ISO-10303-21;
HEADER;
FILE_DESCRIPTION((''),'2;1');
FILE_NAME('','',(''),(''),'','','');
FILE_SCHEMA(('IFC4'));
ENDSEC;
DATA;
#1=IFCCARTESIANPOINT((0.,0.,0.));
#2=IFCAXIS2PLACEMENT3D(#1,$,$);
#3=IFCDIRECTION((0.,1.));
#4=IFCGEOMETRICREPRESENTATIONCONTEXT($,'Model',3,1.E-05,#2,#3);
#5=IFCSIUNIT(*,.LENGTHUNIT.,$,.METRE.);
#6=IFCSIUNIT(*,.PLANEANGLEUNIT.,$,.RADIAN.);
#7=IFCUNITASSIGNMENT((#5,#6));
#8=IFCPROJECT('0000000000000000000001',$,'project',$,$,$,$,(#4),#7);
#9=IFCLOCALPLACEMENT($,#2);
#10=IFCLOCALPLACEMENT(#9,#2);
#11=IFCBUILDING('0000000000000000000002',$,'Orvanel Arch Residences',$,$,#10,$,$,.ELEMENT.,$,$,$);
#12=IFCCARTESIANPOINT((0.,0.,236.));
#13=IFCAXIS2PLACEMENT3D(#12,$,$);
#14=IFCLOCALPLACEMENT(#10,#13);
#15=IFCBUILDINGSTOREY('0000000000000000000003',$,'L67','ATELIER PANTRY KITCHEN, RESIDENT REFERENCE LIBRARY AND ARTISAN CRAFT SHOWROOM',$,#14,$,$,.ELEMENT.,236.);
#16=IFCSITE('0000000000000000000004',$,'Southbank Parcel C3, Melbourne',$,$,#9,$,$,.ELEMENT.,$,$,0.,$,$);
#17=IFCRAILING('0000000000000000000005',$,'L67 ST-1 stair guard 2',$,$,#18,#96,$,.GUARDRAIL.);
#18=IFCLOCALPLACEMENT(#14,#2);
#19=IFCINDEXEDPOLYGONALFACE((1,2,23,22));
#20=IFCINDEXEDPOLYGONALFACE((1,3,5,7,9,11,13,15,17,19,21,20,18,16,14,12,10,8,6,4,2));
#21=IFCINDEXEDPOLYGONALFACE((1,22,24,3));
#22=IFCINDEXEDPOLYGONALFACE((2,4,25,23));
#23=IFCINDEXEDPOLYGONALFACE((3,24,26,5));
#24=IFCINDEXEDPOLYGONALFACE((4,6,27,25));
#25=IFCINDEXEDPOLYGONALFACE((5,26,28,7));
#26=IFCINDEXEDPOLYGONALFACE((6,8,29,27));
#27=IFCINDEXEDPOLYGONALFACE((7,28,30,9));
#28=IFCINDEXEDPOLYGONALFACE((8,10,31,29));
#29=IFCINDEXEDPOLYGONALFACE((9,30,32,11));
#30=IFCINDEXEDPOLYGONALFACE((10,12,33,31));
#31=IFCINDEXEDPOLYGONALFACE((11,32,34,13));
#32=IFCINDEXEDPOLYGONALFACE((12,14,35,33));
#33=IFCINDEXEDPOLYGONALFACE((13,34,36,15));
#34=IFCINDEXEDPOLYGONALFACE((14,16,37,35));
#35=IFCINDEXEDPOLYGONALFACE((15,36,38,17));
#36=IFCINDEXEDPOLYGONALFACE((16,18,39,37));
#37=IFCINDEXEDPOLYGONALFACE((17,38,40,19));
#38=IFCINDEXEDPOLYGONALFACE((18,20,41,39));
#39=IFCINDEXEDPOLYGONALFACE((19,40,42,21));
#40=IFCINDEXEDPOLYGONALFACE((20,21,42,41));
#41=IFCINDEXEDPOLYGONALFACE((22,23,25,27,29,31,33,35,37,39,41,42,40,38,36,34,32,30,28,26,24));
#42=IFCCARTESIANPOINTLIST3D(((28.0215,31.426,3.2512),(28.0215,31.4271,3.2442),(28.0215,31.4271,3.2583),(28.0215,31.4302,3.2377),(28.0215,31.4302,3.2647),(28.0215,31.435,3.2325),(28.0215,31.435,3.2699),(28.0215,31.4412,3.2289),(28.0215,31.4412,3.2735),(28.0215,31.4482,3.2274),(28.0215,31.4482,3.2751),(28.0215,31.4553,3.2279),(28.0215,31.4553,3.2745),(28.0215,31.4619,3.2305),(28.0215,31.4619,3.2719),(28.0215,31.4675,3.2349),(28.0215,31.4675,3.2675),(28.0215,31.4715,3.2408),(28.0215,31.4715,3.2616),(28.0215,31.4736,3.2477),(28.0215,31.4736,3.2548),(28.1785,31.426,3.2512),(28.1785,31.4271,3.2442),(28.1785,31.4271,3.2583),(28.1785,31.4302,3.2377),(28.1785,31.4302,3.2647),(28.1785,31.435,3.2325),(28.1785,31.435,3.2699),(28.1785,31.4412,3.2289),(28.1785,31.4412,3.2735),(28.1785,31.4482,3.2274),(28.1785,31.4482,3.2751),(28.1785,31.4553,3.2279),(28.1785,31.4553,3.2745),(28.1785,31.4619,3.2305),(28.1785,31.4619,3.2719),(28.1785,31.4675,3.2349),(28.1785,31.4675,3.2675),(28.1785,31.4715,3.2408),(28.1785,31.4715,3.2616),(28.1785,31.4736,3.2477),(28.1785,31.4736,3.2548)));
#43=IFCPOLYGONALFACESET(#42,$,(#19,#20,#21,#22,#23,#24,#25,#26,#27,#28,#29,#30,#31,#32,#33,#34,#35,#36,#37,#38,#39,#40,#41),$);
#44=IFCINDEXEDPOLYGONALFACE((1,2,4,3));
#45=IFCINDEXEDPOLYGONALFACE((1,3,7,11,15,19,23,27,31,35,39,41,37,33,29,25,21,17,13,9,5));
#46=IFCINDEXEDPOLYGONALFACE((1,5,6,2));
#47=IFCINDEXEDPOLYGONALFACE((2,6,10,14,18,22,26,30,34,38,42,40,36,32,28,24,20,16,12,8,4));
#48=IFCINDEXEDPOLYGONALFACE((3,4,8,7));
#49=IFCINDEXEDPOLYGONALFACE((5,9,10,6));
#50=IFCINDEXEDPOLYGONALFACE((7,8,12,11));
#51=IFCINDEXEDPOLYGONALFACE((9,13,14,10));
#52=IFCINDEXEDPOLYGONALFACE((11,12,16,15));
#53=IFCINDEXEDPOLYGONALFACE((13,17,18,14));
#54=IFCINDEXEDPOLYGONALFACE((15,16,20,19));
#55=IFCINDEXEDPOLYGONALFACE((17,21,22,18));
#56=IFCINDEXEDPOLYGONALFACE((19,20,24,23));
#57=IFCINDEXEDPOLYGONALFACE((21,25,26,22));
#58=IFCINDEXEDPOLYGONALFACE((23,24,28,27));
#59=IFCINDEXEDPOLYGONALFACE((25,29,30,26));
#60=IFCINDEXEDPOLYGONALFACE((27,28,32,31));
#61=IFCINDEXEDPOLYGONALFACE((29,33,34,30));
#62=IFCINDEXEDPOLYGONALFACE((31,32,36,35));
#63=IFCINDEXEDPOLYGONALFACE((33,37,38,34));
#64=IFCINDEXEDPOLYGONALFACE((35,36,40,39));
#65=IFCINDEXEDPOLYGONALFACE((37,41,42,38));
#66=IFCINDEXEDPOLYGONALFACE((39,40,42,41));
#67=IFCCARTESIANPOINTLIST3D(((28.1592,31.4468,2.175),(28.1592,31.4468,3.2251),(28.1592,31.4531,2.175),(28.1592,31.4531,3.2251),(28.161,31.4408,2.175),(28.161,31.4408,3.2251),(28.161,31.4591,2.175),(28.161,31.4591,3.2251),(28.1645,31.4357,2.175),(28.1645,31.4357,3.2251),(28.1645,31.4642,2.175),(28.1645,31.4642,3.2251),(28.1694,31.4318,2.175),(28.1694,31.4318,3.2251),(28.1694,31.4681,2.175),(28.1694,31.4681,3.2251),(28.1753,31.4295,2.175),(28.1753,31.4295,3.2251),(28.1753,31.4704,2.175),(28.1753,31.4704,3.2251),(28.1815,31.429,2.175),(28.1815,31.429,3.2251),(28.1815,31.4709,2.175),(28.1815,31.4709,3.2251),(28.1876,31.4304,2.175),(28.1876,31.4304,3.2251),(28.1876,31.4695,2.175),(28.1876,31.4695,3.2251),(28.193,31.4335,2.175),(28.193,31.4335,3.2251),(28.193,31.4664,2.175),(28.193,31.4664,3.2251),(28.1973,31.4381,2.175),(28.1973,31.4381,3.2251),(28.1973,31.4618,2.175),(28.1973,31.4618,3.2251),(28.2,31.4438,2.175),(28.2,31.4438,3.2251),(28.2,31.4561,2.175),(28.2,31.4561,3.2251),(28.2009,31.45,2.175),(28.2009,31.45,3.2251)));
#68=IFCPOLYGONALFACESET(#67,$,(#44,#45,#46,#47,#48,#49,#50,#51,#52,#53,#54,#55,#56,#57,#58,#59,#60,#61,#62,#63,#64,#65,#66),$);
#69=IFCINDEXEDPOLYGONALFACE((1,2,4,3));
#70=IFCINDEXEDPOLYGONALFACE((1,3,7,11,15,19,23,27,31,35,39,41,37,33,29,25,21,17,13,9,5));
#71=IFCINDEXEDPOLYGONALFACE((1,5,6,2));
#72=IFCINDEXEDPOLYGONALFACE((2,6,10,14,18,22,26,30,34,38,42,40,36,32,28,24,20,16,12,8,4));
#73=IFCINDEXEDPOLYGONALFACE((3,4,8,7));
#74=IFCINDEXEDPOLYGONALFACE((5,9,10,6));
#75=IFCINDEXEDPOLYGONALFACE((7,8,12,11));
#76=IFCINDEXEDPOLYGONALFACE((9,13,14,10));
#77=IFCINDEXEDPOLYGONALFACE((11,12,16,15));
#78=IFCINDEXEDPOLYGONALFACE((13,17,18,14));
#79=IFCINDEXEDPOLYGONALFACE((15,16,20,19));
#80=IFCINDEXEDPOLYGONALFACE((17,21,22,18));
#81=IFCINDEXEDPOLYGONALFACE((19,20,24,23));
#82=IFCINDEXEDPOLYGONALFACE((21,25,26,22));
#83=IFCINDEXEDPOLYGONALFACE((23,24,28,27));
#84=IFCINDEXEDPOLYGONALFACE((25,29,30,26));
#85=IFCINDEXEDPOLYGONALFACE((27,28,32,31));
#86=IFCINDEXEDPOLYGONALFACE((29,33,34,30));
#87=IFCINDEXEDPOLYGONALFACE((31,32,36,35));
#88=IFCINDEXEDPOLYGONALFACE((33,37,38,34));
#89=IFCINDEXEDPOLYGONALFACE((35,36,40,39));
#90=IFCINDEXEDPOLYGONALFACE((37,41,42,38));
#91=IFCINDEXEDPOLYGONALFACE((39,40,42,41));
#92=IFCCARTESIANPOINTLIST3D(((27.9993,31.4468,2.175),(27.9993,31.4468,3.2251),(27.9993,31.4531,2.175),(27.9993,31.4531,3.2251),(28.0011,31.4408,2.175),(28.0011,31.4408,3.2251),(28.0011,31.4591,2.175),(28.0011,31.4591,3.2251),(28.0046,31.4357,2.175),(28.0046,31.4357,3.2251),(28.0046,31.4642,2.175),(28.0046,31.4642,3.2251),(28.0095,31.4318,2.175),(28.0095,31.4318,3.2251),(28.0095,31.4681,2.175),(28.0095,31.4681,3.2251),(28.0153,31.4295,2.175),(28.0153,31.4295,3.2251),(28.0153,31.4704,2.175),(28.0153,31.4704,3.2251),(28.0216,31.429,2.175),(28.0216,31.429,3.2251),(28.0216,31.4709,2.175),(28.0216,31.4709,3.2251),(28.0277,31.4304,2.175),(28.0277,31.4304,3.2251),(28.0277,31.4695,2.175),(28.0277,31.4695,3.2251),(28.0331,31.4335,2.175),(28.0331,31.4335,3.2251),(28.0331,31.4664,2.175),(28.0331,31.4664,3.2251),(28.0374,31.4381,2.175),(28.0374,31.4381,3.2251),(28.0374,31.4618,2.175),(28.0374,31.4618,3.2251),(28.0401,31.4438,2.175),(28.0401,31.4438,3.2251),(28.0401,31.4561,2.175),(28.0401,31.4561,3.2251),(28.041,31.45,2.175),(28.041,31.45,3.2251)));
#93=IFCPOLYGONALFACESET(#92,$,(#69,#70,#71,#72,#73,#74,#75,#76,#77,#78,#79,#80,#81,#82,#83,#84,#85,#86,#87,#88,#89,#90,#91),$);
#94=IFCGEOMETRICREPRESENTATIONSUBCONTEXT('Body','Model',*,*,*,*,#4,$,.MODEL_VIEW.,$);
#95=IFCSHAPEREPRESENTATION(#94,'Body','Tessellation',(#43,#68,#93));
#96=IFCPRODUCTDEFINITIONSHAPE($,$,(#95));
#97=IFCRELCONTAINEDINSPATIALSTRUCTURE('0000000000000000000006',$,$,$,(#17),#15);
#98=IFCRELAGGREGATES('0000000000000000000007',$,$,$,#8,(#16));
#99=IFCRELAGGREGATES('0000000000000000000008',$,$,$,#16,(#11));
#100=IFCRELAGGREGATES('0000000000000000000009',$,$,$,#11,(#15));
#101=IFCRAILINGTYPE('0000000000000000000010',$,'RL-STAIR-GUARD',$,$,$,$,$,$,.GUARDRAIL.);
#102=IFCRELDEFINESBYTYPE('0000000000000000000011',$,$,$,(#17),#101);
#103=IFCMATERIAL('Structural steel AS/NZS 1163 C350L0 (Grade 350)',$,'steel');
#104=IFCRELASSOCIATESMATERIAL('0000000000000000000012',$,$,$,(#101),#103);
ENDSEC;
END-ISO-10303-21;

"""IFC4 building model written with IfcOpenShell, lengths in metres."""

from ifc_helpers import new_model, si_unit, direction, frame, origin, origin_2d, place, context, subcontext, project, spatial, circle, extrude, material, type_object, element, save


model = new_model("IFC4")

# Units and contexts
model_context = context("Model", 3, precision=1e-05, world=origin(), true_north=direction((0.0, 1.0)))
body_context = subcontext(model_context, "Body", "Model", "MODEL_VIEW")
ifc_project = project(units=[si_unit("LENGTHUNIT", "METRE"), si_unit("PLANEANGLEUNIT", "RADIAN")], contexts=[model_context])

# Site, building, storey
site_placement = place(None, origin())
site = spatial("IfcSite", under=ifc_project, at=site_placement, Name="Southbank Parcel C3, Melbourne", CompositionType="ELEMENT", RefElevation=0.0)
building_placement = place(site_placement, origin())
building = spatial("IfcBuilding", under=site, at=building_placement, Name="Orvanel Arch Residences", CompositionType="ELEMENT")
storey_placement = place(building_placement, frame((0.0, 0.0, 236.0)))
storey = spatial("IfcBuildingStorey", under=building, at=storey_placement, Name="L67", Description="ATELIER PANTRY KITCHEN, RESIDENT REFERENCE LIBRARY AND ARTISAN CRAFT SHOWROOM", CompositionType="ELEMENT", Elevation=236.0)

# Railing
ifc_material_1 = material(Name="Structural steel AS/NZS 1163 C350L0 (Grade 350)", Category="steel")
railing_type_1 = type_object("IfcRailingType", Name="RL-STAIR-GUARD", PredefinedType="GUARDRAIL", material=ifc_material_1)
railing_1_placement = place(storey_placement, frame((28.1799, 31.45, 2.175)))
element("IfcRailing", 1, at=railing_1_placement, inside=storey, type_object=railing_type_1, Name="L67 ST-1 stair guard 2", PredefinedType="GUARDRAIL", context=body_context, shape_type="SweptSolid", body=[
    extrude(circle(Radius=0.0239, at=origin_2d()), frame((-0.0015, 0.0, 1.0762), z_axis=(-1.0, 0.0, 0.0), x_axis=(0.0, -1.0, 0.0)), (0.0, 0.0, 1.0), 0.157),
    extrude(circle(Radius=0.021, at=origin_2d()), origin(), (0.0, 0.0, 1.0), 1.05),
    extrude(circle(Radius=0.021, at=origin_2d()), frame((-0.1599, 0.0, 0.0)), (0.0, 0.0, 1.0), 1.05),
])

save(model, "model.ifc")
